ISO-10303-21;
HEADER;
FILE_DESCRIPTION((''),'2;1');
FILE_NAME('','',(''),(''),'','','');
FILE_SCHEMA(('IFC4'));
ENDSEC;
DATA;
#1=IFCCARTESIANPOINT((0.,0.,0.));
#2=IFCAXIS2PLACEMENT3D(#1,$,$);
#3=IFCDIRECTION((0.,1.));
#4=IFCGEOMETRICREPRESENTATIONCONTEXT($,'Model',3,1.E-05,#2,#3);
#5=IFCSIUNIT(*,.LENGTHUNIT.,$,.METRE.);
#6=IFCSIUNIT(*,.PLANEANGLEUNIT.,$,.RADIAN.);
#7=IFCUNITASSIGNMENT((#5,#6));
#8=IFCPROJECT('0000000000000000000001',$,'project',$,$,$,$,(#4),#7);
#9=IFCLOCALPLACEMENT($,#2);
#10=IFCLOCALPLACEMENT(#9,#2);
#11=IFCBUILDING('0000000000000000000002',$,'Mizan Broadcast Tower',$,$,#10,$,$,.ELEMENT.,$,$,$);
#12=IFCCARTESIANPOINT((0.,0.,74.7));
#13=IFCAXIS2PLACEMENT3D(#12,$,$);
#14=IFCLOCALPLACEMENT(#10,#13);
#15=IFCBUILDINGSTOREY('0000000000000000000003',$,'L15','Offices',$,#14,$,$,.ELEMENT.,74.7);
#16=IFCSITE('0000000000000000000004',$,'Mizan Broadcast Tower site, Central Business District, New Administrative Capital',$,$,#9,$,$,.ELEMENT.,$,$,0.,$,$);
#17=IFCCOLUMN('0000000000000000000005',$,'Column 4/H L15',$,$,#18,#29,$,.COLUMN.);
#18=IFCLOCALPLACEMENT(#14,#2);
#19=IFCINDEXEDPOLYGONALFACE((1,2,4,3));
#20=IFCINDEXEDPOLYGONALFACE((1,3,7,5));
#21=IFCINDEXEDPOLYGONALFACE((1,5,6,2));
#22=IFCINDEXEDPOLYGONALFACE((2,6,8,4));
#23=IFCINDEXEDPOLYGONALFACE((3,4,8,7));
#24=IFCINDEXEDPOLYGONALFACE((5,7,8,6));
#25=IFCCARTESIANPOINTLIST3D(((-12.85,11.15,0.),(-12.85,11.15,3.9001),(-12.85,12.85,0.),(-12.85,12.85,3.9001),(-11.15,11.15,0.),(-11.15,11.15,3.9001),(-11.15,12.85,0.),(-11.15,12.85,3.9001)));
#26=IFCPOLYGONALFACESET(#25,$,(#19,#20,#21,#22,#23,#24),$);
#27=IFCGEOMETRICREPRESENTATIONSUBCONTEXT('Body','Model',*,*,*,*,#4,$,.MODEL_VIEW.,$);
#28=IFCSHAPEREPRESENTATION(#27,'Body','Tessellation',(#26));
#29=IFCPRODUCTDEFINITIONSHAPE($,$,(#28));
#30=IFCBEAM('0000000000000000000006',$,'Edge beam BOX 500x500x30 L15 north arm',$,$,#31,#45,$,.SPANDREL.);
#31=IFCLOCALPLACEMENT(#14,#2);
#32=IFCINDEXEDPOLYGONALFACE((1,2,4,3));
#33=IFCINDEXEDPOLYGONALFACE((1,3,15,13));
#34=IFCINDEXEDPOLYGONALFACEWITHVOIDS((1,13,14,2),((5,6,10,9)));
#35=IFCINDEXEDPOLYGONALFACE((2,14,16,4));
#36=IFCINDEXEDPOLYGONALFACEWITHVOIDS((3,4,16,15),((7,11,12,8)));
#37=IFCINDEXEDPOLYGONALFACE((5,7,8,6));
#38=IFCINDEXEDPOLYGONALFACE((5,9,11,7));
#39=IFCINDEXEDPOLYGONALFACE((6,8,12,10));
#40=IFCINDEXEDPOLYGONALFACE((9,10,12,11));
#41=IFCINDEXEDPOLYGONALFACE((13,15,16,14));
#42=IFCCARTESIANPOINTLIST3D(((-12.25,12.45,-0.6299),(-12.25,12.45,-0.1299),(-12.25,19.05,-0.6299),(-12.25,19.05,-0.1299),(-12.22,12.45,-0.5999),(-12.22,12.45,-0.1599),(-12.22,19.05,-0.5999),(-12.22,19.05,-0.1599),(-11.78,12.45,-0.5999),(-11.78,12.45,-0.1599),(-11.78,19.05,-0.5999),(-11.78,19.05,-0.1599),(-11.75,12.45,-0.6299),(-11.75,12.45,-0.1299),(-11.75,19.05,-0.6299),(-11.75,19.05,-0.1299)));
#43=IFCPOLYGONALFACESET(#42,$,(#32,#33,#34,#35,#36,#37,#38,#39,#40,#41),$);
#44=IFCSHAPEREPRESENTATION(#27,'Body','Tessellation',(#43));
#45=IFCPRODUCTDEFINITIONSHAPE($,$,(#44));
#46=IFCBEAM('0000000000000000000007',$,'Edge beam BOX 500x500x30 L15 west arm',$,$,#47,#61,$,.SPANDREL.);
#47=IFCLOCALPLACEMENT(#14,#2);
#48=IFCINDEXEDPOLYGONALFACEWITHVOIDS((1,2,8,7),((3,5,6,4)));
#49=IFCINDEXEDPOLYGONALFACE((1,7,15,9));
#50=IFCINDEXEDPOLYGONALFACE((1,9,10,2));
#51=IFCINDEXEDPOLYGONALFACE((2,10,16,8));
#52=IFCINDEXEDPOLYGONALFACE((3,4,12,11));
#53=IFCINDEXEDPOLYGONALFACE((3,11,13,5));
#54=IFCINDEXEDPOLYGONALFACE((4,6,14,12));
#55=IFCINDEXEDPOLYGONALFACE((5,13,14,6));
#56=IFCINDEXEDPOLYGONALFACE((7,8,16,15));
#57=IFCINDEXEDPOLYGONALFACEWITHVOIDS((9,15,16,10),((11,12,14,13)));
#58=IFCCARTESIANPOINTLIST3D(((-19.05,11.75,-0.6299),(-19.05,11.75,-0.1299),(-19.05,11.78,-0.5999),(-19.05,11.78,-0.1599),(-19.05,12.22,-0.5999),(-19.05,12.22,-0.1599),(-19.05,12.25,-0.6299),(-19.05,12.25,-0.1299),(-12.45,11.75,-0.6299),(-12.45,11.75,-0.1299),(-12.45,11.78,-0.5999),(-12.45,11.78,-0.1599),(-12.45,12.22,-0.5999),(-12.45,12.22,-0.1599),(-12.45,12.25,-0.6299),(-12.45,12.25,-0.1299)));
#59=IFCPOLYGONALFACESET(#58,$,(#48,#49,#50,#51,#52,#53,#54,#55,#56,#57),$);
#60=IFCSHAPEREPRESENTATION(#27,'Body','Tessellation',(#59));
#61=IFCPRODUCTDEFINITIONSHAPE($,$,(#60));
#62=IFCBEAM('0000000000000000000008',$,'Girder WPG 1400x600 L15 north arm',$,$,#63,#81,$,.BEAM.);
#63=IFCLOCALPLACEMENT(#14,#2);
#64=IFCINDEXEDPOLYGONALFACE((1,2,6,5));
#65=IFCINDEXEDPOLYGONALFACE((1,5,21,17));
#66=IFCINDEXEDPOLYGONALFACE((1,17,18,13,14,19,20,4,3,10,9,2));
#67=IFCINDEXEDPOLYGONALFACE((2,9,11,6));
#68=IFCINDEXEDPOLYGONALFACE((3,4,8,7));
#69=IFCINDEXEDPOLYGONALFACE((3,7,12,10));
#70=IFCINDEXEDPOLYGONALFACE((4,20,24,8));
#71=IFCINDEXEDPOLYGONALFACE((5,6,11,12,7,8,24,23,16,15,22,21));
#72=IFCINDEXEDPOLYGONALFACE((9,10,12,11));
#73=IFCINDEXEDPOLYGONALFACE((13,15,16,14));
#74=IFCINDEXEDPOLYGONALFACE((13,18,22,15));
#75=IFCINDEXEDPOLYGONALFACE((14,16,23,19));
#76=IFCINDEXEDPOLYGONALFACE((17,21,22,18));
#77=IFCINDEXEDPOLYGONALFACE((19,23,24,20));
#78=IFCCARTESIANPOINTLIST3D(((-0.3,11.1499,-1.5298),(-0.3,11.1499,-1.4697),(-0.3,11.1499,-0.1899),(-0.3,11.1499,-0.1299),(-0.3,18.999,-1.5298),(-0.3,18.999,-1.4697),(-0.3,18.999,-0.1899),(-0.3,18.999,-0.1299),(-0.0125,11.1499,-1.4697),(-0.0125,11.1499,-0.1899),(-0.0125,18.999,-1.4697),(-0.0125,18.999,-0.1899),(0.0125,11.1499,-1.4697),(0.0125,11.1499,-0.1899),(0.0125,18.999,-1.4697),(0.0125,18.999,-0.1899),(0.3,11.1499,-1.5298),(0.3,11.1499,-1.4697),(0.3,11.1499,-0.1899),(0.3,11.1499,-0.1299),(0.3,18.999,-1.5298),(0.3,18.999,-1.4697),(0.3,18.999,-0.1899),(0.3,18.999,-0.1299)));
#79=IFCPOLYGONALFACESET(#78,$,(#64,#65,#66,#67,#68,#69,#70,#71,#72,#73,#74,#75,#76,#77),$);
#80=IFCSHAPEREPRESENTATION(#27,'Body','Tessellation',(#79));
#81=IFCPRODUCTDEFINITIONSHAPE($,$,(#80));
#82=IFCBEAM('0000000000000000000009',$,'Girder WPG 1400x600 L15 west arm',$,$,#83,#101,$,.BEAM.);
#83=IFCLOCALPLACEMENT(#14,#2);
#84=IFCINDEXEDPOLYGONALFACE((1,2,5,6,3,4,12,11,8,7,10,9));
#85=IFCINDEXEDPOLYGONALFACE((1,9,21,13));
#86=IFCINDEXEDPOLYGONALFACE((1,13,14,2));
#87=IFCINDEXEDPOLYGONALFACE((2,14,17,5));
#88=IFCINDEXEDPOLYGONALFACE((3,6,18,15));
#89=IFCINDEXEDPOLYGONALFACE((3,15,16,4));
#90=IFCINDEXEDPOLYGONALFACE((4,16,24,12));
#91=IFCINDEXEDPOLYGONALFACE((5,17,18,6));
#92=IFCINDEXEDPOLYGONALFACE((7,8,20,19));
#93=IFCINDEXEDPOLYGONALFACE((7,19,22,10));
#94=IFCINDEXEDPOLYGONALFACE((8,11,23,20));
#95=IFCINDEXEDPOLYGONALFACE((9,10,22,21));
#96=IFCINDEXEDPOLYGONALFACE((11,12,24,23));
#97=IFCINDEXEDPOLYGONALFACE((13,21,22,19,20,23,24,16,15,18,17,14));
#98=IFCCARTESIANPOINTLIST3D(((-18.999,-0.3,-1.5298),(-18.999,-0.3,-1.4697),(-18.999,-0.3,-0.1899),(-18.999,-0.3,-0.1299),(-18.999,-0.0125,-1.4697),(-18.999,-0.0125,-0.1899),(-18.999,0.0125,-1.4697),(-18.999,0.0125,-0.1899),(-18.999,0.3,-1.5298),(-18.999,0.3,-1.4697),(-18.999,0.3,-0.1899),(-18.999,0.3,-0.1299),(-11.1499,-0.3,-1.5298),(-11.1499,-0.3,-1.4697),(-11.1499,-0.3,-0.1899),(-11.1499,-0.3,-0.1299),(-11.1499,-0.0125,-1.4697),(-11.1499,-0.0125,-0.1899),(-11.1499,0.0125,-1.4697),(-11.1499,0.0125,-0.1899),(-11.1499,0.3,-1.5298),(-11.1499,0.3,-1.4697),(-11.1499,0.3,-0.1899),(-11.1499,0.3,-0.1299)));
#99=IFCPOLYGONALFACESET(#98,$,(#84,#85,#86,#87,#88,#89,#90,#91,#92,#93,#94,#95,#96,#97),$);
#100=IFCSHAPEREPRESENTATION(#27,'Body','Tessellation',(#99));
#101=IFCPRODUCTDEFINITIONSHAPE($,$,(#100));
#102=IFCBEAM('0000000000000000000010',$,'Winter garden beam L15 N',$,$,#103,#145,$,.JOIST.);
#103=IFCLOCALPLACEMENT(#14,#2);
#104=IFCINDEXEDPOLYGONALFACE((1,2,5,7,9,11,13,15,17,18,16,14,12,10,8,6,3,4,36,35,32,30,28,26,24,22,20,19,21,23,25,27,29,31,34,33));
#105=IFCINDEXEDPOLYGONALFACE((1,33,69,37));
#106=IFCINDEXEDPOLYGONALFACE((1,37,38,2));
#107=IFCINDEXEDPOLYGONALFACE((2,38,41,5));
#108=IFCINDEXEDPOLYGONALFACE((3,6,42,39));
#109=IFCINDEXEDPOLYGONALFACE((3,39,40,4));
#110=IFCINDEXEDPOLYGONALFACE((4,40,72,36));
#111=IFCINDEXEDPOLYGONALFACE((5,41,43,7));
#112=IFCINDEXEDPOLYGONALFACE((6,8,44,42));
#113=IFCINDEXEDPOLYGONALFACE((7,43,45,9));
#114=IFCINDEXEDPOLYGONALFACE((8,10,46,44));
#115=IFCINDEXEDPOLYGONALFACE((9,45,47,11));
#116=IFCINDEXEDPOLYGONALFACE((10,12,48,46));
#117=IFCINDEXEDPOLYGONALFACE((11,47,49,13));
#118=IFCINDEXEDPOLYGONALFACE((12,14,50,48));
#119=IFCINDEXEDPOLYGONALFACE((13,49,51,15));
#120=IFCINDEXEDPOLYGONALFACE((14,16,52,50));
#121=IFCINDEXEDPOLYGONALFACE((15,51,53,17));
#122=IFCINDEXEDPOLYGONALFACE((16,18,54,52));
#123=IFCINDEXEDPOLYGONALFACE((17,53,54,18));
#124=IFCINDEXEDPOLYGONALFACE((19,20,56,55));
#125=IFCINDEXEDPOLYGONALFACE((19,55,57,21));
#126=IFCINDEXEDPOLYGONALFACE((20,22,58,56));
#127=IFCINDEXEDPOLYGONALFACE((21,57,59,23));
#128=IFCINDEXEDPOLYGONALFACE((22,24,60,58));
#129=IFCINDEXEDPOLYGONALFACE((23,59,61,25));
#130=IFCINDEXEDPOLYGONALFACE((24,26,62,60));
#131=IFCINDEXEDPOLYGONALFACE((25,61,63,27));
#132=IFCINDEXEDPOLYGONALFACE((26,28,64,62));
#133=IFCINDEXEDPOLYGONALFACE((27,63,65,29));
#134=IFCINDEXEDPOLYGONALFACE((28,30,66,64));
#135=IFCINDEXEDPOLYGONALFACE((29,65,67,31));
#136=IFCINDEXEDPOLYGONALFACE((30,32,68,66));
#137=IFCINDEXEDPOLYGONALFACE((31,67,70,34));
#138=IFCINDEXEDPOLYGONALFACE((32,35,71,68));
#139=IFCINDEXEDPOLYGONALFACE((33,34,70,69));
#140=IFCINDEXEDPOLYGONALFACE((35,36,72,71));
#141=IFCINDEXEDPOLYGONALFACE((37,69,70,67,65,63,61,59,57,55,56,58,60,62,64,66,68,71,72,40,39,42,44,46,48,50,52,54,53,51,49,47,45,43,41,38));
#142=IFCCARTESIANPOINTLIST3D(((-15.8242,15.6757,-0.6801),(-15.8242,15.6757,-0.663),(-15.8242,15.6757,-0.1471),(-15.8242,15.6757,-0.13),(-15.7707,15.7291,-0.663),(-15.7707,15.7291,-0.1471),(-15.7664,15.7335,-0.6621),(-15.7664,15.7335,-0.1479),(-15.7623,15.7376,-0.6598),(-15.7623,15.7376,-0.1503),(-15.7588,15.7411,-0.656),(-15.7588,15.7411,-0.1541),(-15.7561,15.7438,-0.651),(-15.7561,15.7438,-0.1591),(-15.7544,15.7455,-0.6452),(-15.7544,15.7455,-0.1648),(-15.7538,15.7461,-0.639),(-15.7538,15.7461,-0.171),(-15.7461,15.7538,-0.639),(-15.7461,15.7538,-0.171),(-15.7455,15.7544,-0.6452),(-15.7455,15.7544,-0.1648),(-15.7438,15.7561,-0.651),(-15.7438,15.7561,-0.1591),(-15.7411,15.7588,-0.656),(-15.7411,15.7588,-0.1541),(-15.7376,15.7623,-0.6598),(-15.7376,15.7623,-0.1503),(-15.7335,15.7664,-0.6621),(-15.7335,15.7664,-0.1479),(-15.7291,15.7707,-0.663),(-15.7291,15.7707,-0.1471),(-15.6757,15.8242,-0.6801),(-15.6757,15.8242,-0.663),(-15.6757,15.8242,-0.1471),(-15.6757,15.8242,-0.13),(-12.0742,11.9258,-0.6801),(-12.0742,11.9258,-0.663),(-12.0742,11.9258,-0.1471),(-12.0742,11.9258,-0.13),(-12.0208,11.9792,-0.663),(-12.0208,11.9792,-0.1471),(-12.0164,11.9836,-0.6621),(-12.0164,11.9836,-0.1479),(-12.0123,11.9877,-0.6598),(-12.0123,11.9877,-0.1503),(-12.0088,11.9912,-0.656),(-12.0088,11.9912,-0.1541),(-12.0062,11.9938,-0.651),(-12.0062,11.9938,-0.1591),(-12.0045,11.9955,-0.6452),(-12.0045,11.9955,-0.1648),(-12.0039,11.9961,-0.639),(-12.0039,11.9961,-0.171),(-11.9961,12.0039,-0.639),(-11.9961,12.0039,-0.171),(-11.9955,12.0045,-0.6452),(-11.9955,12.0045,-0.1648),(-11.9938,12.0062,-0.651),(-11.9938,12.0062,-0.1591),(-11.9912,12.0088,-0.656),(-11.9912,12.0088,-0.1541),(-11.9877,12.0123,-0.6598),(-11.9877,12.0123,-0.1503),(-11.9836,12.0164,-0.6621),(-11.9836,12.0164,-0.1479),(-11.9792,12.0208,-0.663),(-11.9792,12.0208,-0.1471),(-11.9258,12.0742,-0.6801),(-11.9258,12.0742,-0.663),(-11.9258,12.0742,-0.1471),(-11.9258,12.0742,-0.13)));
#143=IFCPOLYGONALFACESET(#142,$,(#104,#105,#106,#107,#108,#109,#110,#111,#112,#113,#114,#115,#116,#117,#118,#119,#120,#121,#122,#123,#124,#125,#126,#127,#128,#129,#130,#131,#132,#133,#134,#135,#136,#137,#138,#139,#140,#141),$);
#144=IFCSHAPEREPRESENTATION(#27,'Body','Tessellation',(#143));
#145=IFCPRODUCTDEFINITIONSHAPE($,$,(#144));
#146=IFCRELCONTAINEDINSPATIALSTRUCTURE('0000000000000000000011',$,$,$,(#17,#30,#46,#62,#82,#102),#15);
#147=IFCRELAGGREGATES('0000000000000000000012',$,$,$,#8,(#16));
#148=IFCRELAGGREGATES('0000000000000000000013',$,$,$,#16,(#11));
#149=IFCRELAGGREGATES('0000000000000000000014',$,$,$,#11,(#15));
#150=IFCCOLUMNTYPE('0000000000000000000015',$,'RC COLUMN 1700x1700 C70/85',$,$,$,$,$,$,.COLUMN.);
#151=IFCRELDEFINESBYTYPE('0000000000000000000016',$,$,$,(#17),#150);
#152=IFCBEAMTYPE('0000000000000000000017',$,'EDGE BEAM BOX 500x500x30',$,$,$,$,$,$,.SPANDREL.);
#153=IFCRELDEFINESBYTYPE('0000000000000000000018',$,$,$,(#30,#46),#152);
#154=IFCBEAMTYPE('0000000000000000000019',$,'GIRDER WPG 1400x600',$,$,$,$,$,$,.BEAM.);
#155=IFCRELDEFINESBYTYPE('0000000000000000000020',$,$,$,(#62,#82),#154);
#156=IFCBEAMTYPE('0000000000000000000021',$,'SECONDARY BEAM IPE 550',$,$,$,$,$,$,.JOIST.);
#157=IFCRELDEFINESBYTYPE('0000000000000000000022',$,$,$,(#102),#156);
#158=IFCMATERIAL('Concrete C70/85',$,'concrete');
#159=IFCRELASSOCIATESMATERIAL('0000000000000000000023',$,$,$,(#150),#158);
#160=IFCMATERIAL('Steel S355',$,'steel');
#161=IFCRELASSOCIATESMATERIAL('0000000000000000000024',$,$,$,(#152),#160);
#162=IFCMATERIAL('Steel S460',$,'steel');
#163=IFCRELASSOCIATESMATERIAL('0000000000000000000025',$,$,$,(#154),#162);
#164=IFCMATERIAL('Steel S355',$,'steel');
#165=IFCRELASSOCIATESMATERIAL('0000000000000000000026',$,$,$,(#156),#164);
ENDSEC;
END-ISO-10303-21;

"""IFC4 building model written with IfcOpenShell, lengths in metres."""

from ifc_helpers import new_model, si_unit, direction, frame, origin, origin_2d, place, context, subcontext, project, spatial, rectangle, hollow_rectangle, i_section, extrude, material, material_profile, profile_set, type_object, element, save


model = new_model("IFC4")

# Units and contexts
model_context = context("Model", 3, precision=1e-05, world=origin(), true_north=direction((0.0, 1.0)))
body_context = subcontext(model_context, "Body", "Model", "MODEL_VIEW")
ifc_project = project(units=[si_unit("LENGTHUNIT", "METRE"), si_unit("PLANEANGLEUNIT", "RADIAN")], contexts=[model_context])

# Site, building, storey
site_placement = place(None, origin())
site = spatial("IfcSite", under=ifc_project, at=site_placement, Name="Mizan Broadcast Tower site, Central Business District, New Administrative Capital", CompositionType="ELEMENT", RefElevation=0.0)
building_placement = place(site_placement, origin())
building = spatial("IfcBuilding", under=site, at=building_placement, Name="Mizan Broadcast Tower", CompositionType="ELEMENT")
storey_placement = place(building_placement, frame((0.0, 0.0, 74.7)))
storey = spatial("IfcBuildingStorey", under=building, at=storey_placement, Name="L15", Description="Offices", CompositionType="ELEMENT", Elevation=74.7)

# Column
ifc_material_1 = material(Name="Concrete C70/85", Category="concrete")
ifc_material_profile_1 = material_profile(ifc_material_1, rectangle(XDim=1.7, YDim=1.7, at=origin_2d()), Name="RC 1700x1700")
ifc_profile_set_1 = profile_set([ifc_material_profile_1], Name="Concrete C70/85")
column_type = type_object("IfcColumnType", Name="RC COLUMN 1700x1700 C70/85", PredefinedType="COLUMN", material=ifc_profile_set_1)
column_placement = place(storey_placement, frame((-12.0, 12.0, 0.0), z_axis=(0.0, 0.0, 1.0), x_axis=(1.0, 0.0, 0.0)))
element("IfcColumn", 1, at=column_placement, inside=storey, type_object=column_type, Name="Column 4/H L15", PredefinedType="COLUMN", context=body_context, shape_type="SweptSolid", body=[
    extrude(rectangle(XDim=1.7, YDim=1.7, at=origin_2d()), origin(), (0.0, 0.0, 1.0), 3.9001),
])

# Beams
ifc_material_2 = material(Name="Steel S355", Category="steel")
ifc_material_profile_2 = material_profile(ifc_material_2, hollow_rectangle(XDim=0.5, YDim=0.5, WallThickness=0.03, at=origin_2d()), Name="BOX 500x500x30")
ifc_profile_set_2 = profile_set([ifc_material_profile_2], Name="Steel S355")
beam_type_1 = type_object("IfcBeamType", Name="EDGE BEAM BOX 500x500x30", PredefinedType="SPANDREL", material=ifc_profile_set_2)
for number, where, z_axis, x_axis, name in (
    (2, (-12.0, 12.45, -0.3799), (0.0, 1.0, 0.0), (-1.0, 0.0, 0.0), "Edge beam BOX 500x500x30 L15 north arm"),
    (3, (-12.45, 12.0, -0.3799), (-1.0, 0.0, 0.0), (0.0, -1.0, 0.0), "Edge beam BOX 500x500x30 L15 west arm"),
):
    element("IfcBeam", number, at=place(storey_placement, frame(where, z_axis=z_axis, x_axis=x_axis)), inside=storey, type_object=beam_type_1, Name=name, PredefinedType="SPANDREL", context=body_context, shape_type="SweptSolid", body=[
        extrude(hollow_rectangle(XDim=0.5, YDim=0.5, WallThickness=0.03, at=origin_2d()), origin(), (0.0, 0.0, 1.0), 6.6001),
    ])
ifc_material_3 = material(Name="Steel S460", Category="steel")
ifc_material_profile_3 = material_profile(ifc_material_3, i_section(OverallWidth=0.6001, OverallDepth=1.3999, WebThickness=0.0249, FlangeThickness=0.0601, at=origin_2d()), Name="WPG 1400x600")
ifc_profile_set_3 = profile_set([ifc_material_profile_3], Name="Steel S460")
beam_type_2 = type_object("IfcBeamType", Name="GIRDER WPG 1400x600", PredefinedType="BEAM", material=ifc_profile_set_3)
for number, where, z_axis, x_axis, name in (
    (4, (0.0, 11.1499, -0.8298), (0.0, 1.0, 0.0), (-1.0, 0.0, 0.0), "Girder WPG 1400x600 L15 north arm"),
    (5, (-11.1499, 0.0, -0.8298), (-1.0, 0.0, 0.0), (0.0, -1.0, 0.0), "Girder WPG 1400x600 L15 west arm"),
):
    element("IfcBeam", number, at=place(storey_placement, frame(where, z_axis=z_axis, x_axis=x_axis)), inside=storey, type_object=beam_type_2, Name=name, PredefinedType="BEAM", context=body_context, shape_type="SweptSolid", body=[
        extrude(i_section(OverallWidth=0.6001, OverallDepth=1.3999, WebThickness=0.0249, FlangeThickness=0.0601, at=origin_2d()), origin(), (0.0, 0.0, 1.0), 7.8491),
    ])
ifc_material_4 = material(Name="Steel S355", Category="steel")
ifc_material_profile_4 = material_profile(ifc_material_4, i_section(OverallWidth=0.21, OverallDepth=0.55, WebThickness=0.011, FlangeThickness=0.0171, FilletRadius=0.0239, at=origin_2d()), Name="IPE 550")
ifc_profile_set_4 = profile_set([ifc_material_profile_4], Name="Steel S355")
beam_type_3 = type_object("IfcBeamType", Name="SECONDARY BEAM IPE 550", PredefinedType="JOIST", material=ifc_profile_set_4)
beam_placement = place(storey_placement, frame((-12.0, 12.0, -0.405), z_axis=(-0.707107, 0.707107, 0.0), x_axis=(-0.707107, -0.707107, 0.0)))
element("IfcBeam", 6, at=beam_placement, inside=storey, type_object=beam_type_3, Name="Winter garden beam L15 N", PredefinedType="JOIST", context=body_context, shape_type="SweptSolid", body=[
    extrude(i_section(OverallWidth=0.21, OverallDepth=0.55, WebThickness=0.011, FlangeThickness=0.0171, FilletRadius=0.0239, at=origin_2d()), origin(), (0.0, 0.0, 1.0), 5.3032),
])

save(model, "model.ifc")
